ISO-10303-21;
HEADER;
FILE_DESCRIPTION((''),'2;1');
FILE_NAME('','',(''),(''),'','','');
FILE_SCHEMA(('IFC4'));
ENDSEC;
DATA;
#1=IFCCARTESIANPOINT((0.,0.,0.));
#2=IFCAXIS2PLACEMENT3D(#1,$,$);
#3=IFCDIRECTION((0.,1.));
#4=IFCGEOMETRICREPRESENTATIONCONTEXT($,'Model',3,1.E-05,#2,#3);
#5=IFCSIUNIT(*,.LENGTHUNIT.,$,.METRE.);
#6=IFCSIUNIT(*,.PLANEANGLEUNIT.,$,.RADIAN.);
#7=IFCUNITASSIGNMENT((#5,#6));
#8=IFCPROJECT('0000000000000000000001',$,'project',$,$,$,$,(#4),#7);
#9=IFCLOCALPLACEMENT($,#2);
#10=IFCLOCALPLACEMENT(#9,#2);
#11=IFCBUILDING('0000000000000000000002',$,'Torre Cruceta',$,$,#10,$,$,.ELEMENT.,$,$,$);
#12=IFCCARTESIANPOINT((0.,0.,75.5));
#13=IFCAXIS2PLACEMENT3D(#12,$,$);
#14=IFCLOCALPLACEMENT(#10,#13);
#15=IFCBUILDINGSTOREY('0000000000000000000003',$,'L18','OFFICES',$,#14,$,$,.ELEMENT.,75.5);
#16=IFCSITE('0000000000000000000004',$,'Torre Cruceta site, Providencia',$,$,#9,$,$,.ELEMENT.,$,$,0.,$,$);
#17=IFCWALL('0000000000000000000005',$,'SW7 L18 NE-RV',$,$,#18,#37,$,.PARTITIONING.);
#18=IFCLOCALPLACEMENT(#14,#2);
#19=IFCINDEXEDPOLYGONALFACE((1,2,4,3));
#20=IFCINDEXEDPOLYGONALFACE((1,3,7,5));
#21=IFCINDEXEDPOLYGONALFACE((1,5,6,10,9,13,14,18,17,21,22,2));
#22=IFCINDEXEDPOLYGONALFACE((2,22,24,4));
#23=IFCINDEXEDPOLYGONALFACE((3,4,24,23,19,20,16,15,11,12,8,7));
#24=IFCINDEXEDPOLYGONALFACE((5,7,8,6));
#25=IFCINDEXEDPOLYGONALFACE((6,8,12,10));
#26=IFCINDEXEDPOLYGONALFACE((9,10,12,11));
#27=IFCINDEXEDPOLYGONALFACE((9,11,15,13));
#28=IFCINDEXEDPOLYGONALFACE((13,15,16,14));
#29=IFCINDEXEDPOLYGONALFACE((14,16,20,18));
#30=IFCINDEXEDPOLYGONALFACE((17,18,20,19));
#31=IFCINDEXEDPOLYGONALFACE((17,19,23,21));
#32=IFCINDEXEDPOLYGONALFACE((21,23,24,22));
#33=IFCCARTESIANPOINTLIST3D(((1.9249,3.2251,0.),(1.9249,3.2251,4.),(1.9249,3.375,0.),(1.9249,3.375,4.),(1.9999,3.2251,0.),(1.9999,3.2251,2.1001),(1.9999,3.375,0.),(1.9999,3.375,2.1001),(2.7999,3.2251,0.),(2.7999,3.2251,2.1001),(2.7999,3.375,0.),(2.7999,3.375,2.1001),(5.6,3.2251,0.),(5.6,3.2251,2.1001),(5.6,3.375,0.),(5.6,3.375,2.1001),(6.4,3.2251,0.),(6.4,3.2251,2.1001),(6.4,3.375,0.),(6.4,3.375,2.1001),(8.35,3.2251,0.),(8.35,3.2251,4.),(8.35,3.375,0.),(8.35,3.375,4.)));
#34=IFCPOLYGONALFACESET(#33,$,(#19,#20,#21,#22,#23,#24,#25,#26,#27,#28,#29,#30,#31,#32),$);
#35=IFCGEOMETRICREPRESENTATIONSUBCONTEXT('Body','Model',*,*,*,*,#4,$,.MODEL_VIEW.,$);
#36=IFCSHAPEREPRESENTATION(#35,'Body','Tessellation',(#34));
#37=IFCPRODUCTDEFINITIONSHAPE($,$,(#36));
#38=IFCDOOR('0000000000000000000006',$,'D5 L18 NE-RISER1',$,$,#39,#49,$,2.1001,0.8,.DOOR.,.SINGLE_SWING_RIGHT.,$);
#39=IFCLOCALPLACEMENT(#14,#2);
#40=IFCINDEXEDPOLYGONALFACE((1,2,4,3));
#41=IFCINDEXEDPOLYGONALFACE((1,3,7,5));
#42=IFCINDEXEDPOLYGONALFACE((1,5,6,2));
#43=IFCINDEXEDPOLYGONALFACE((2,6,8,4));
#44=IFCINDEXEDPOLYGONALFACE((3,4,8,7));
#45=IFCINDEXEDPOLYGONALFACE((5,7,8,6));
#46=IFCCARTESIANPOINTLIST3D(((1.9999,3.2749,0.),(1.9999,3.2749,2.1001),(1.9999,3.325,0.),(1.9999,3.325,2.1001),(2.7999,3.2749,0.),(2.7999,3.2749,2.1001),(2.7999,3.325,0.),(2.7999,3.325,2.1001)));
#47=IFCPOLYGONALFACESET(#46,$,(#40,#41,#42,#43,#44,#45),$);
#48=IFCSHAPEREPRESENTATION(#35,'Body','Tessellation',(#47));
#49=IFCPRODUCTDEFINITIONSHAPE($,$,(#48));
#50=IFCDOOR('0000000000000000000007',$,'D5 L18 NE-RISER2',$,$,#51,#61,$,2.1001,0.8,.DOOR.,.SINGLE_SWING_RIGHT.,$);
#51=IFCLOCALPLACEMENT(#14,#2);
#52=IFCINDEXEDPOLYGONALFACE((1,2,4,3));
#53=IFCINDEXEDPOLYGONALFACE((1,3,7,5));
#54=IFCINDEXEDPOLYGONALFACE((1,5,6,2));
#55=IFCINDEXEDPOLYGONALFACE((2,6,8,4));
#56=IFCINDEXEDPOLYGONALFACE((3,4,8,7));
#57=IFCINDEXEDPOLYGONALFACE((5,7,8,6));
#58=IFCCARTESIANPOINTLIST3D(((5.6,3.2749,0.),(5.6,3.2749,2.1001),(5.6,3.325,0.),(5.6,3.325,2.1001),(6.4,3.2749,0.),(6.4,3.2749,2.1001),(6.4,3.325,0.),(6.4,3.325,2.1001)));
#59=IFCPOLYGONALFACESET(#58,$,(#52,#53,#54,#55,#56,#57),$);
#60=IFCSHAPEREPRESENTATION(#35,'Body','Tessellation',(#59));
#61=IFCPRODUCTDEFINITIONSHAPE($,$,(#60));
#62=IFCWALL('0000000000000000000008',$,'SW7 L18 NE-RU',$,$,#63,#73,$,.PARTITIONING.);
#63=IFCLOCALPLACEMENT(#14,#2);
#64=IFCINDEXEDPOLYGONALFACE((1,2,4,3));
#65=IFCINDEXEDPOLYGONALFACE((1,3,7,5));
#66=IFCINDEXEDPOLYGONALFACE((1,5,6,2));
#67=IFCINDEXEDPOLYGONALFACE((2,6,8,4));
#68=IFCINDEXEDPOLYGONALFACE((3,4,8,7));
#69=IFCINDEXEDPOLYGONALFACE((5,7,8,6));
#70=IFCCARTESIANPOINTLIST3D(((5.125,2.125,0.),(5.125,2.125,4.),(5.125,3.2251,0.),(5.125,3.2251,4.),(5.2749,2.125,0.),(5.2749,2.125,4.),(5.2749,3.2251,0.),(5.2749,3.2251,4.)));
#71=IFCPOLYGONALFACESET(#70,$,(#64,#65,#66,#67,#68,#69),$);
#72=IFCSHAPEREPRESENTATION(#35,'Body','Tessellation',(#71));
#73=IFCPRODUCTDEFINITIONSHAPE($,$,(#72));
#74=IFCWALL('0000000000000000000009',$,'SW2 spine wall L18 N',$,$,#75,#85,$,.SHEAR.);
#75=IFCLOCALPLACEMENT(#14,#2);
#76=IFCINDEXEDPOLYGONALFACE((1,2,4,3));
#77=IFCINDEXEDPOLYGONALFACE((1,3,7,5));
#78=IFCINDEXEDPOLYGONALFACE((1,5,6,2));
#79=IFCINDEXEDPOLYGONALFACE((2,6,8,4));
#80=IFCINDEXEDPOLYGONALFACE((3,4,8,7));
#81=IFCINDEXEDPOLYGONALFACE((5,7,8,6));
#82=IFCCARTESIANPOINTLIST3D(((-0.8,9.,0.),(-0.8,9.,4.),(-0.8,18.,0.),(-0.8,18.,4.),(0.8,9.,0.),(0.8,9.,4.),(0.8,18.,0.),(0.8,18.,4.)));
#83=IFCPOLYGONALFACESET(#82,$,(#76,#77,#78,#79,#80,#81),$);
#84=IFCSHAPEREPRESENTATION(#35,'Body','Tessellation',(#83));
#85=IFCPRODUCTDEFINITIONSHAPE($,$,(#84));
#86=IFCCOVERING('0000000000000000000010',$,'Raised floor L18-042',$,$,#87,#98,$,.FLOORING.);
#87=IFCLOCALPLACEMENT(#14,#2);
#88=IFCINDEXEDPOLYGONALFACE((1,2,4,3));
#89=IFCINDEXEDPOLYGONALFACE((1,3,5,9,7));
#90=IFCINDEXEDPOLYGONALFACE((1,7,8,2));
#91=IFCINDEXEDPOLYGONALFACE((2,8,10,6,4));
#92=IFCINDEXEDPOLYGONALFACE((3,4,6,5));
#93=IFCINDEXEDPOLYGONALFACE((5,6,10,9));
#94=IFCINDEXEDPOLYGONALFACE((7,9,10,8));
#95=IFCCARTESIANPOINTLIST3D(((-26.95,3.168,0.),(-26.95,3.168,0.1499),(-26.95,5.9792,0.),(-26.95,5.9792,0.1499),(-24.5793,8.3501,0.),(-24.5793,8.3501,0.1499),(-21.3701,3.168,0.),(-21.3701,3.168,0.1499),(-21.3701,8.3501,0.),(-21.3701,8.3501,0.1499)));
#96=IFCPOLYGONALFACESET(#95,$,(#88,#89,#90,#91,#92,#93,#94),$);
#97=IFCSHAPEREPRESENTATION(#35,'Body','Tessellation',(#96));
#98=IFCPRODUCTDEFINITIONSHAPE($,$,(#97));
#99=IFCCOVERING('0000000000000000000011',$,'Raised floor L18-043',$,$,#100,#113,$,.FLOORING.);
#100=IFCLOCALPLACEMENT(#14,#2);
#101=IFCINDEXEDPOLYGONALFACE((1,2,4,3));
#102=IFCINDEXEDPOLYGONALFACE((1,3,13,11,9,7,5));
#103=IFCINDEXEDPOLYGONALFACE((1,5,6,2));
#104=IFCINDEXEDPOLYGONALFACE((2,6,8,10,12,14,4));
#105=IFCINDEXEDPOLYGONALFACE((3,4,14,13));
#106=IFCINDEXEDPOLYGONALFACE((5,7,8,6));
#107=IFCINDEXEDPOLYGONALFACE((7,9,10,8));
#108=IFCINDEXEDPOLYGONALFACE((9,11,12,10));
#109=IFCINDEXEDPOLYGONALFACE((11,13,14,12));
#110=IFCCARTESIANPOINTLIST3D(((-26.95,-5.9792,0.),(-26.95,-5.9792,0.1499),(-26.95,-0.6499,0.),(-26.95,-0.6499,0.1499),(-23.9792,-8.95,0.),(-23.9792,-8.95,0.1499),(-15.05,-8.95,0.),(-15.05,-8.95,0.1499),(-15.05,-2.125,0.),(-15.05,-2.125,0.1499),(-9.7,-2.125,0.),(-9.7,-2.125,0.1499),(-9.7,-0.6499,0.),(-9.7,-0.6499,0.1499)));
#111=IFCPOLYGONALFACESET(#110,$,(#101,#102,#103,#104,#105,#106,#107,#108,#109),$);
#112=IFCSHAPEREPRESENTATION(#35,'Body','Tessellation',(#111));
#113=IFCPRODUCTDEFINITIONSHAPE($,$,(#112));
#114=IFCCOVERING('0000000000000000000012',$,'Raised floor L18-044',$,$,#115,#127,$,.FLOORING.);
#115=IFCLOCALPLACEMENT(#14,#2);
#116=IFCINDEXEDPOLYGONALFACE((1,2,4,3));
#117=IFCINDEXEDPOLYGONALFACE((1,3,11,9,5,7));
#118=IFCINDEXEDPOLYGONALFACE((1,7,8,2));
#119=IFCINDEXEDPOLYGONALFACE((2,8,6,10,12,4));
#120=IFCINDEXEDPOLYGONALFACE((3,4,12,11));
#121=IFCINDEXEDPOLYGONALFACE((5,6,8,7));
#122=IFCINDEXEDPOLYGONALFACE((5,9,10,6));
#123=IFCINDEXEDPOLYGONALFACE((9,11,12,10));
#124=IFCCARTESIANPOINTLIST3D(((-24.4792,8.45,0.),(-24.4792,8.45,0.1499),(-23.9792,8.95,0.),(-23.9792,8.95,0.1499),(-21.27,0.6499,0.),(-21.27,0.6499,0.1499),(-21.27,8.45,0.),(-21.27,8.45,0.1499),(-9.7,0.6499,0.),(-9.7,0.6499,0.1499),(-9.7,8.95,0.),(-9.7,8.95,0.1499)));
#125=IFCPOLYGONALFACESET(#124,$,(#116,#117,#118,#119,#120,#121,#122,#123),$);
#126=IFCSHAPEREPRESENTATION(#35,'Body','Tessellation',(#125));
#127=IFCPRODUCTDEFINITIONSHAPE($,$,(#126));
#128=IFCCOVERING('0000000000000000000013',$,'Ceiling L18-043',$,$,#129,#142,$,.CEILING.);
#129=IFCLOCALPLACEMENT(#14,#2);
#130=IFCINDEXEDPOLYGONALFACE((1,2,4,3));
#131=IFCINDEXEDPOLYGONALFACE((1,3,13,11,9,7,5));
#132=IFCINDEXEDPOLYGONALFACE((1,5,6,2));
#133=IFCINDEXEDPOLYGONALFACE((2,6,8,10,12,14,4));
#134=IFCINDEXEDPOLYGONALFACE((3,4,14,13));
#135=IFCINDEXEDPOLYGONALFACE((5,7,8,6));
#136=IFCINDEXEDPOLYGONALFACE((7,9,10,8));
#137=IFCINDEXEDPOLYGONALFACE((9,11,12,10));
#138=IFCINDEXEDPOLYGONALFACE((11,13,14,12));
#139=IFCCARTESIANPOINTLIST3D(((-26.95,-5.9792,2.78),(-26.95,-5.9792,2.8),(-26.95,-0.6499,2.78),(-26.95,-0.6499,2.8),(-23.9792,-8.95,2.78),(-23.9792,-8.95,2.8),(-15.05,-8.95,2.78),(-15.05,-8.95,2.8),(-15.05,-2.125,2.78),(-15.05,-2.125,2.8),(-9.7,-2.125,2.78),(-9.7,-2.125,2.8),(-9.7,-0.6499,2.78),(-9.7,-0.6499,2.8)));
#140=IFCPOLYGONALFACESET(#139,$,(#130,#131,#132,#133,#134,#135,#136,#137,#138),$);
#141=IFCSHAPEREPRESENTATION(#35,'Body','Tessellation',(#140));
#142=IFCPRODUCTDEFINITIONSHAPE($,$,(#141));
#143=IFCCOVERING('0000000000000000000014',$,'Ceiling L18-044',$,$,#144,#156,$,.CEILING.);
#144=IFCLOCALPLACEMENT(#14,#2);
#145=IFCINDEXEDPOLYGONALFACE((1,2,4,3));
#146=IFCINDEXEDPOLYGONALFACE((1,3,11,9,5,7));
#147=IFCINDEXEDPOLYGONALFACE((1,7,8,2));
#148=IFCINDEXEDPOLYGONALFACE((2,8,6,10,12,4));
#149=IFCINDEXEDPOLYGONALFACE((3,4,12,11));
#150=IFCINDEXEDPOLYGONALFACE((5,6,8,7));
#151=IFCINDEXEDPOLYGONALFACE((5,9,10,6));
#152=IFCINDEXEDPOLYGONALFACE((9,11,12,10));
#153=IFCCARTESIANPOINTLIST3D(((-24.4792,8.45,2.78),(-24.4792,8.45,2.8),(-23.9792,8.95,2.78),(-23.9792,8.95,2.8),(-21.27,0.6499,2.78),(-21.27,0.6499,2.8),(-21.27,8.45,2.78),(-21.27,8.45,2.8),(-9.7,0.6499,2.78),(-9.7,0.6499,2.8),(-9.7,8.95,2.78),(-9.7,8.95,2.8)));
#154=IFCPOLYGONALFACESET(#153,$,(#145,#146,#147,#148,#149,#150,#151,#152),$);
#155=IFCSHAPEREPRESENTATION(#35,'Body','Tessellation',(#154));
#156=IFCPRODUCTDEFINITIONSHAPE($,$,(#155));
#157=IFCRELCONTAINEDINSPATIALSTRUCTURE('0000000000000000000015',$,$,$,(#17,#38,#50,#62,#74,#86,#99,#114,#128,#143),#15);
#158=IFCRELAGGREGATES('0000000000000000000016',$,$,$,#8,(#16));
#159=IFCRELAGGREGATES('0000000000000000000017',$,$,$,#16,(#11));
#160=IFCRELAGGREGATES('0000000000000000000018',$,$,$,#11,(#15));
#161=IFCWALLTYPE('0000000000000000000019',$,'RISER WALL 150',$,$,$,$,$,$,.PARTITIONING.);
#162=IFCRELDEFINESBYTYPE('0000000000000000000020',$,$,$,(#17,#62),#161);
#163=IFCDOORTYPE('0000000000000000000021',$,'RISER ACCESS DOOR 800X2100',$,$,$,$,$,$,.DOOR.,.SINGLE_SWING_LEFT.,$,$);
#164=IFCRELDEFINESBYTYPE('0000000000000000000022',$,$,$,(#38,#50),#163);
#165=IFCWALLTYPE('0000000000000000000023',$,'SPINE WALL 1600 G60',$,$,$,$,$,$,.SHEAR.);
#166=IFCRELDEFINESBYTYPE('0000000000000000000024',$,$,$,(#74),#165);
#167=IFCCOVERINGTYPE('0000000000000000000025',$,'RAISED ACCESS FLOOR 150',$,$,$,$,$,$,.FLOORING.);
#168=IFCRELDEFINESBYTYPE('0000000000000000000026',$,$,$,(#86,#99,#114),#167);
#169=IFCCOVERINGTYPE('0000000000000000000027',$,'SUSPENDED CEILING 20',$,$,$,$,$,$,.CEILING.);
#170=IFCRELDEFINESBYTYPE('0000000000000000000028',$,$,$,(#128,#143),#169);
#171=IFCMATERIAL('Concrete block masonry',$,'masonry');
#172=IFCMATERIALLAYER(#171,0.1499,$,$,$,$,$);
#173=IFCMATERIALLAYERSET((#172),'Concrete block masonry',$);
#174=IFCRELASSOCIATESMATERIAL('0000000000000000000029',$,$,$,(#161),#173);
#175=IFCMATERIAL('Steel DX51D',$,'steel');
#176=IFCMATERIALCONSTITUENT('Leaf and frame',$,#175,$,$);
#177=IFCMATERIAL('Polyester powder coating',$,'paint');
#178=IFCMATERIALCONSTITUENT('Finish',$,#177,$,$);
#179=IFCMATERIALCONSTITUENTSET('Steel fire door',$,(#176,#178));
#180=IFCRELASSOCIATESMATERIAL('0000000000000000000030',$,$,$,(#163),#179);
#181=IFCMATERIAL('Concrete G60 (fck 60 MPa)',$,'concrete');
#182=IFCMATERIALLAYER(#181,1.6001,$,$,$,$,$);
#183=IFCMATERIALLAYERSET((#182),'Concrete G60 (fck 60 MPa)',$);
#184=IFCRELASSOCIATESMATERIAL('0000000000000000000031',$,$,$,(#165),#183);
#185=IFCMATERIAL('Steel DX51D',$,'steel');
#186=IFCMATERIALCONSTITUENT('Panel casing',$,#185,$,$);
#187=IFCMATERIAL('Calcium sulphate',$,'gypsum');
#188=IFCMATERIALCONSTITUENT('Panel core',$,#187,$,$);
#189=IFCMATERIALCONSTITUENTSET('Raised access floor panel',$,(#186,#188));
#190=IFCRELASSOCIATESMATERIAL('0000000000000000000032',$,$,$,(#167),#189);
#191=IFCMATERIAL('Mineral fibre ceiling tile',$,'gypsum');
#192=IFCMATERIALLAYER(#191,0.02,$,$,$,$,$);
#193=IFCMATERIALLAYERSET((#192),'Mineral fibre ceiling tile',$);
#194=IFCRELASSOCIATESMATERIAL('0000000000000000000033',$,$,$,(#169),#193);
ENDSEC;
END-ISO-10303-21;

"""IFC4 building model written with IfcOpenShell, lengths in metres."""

from ifc_helpers import new_model, si_unit, direction, frame, frame_2d, origin, place, context, subcontext, project, spatial, polyline, rectangle, outline, extrude, material, layer, layer_set, constituent, constituent_set, type_object, element, fill, save


model = new_model("IFC4")

# Units and contexts
model_context = context("Model", 3, precision=1e-05, world=origin(), true_north=direction((0.0, 1.0)))
body_context = subcontext(model_context, "Body", "Model", "MODEL_VIEW")
ifc_project = project(units=[si_unit("LENGTHUNIT", "METRE"), si_unit("PLANEANGLEUNIT", "RADIAN")], contexts=[model_context])

# Site, building, storey
site_placement = place(None, origin())
site = spatial("IfcSite", under=ifc_project, at=site_placement, Name="Torre Cruceta site, Providencia", CompositionType="ELEMENT", RefElevation=0.0)
building_placement = place(site_placement, origin())
building = spatial("IfcBuilding", under=site, at=building_placement, Name="Torre Cruceta", CompositionType="ELEMENT")
storey_placement = place(building_placement, frame((0.0, 0.0, 75.5)))
storey = spatial("IfcBuildingStorey", under=building, at=storey_placement, Name="L18", Description="OFFICES", CompositionType="ELEMENT", Elevation=75.5)

# Wall, openings, doors
ifc_material_1 = material(Name="Concrete block masonry", Category="masonry")
ifc_layer_1 = layer(ifc_material_1, 0.1499)
ifc_layer_set_1 = layer_set([ifc_layer_1], Name="Concrete block masonry")
wall_type_1 = type_object("IfcWallType", Name="RISER WALL 150", PredefinedType="PARTITIONING", material=ifc_layer_set_1)
wall_1_placement = place(storey_placement, frame((1.925, 3.3, 0.0), z_axis=(0.0, 0.0, 1.0), x_axis=(1.0, 0.0, 0.0)))
wall_1 = element("IfcWall", 1, at=wall_1_placement, inside=storey, type_object=wall_type_1, Name="SW7 L18 NE-RV", PredefinedType="PARTITIONING", context=body_context, shape_type="SweptSolid", body=[
    extrude(rectangle(XDim=6.425, YDim=0.1499, at=frame_2d((3.2124, 0.0))), origin(), (0.0, 0.0, 1.0), 4.0),
])
opening_1_placement = place(wall_1_placement, frame((0.075, 0.0, 0.0)))
opening_1 = element("IfcOpeningElement", 2, at=opening_1_placement, cuts=wall_1, PredefinedType="OPENING", context=body_context, shape_type="SweptSolid", body=[
    extrude(rectangle(XDim=0.8, YDim=2.1001, at=frame_2d((0.3999, 1.05))), frame((0.0, 0.085, 0.0), z_axis=(0.0, -1.0, 0.0), x_axis=(1.0, 0.0, 0.0)), (0.0, 0.0, 1.0), 0.1699),
])
opening_2_placement = place(wall_1_placement, frame((3.675, 0.0, 0.0)))
opening_2 = element("IfcOpeningElement", 3, at=opening_2_placement, cuts=wall_1, PredefinedType="OPENING", context=body_context, shape_type="SweptSolid", body=[
    extrude(rectangle(XDim=0.8, YDim=2.1001, at=frame_2d((0.3999, 1.05))), frame((0.0, 0.085, 0.0), z_axis=(0.0, -1.0, 0.0), x_axis=(1.0, 0.0, 0.0)), (0.0, 0.0, 1.0), 0.1699),
])
ifc_material_2 = material(Name="Steel DX51D", Category="steel")
ifc_constituent_1 = constituent(ifc_material_2, Name="Leaf and frame")
ifc_material_3 = material(Name="Polyester powder coating", Category="paint")
ifc_constituent_2 = constituent(ifc_material_3, Name="Finish")
ifc_constituent_set_1 = constituent_set(constituents=[ifc_constituent_1, ifc_constituent_2], Name="Steel fire door")
door_type_1 = type_object("IfcDoorType", Name="RISER ACCESS DOOR 800X2100", OperationType="SINGLE_SWING_LEFT", PredefinedType="DOOR", material=ifc_constituent_set_1)
door_1_placement = place(opening_1_placement, frame((0.8, 0.0, 0.0), z_axis=(0.0, 0.0, 1.0), x_axis=(-1.0, 0.0, 0.0)))
door_1 = element("IfcDoor", 4, at=door_1_placement, inside=storey, type_object=door_type_1, Name="D5 L18 NE-RISER1", OperationType="SINGLE_SWING_RIGHT", OverallHeight=2.1001, OverallWidth=0.8, PredefinedType="DOOR", context=body_context, shape_type="SweptSolid", body=[
    extrude(rectangle(XDim=0.8, YDim=2.1001, at=frame_2d((0.4001, 1.05))), frame((0.0, 0.0251, 0.0), z_axis=(0.0, -1.0, 0.0), x_axis=(1.0, 0.0, 0.0)), (0.0, 0.0, 1.0), 0.05),
])
fill(opening_1, door_1)
door_2_placement = place(opening_2_placement, frame((0.8, 0.0, 0.0), z_axis=(0.0, 0.0, 1.0), x_axis=(-1.0, 0.0, 0.0)))
door_2 = element("IfcDoor", 5, at=door_2_placement, inside=storey, type_object=door_type_1, Name="D5 L18 NE-RISER2", OperationType="SINGLE_SWING_RIGHT", OverallHeight=2.1001, OverallWidth=0.8, PredefinedType="DOOR", context=body_context, shape_type="SweptSolid", body=[
    extrude(rectangle(XDim=0.8, YDim=2.1001, at=frame_2d((0.4001, 1.05))), frame((0.0, 0.0251, 0.0), z_axis=(0.0, -1.0, 0.0), x_axis=(1.0, 0.0, 0.0)), (0.0, 0.0, 1.0), 0.05),
])
fill(opening_2, door_2)

# Walls
wall_2_placement = place(storey_placement, frame((5.2, 2.125, 0.0), z_axis=(0.0, 0.0, 1.0), x_axis=(0.0, 1.0, 0.0)))
element("IfcWall", 6, at=wall_2_placement, inside=storey, type_object=wall_type_1, Name="SW7 L18 NE-RU", PredefinedType="PARTITIONING", context=body_context, shape_type="SweptSolid", body=[
    extrude(rectangle(XDim=1.1001, YDim=0.1499, at=frame_2d((0.55, 0.0))), origin(), (0.0, 0.0, 1.0), 4.0),
])
ifc_material_4 = material(Name="Concrete G60 (fck 60 MPa)", Category="concrete")
ifc_layer_2 = layer(ifc_material_4, 1.6001)
ifc_layer_set_2 = layer_set([ifc_layer_2], Name="Concrete G60 (fck 60 MPa)")
wall_type_2 = type_object("IfcWallType", Name="SPINE WALL 1600 G60", PredefinedType="SHEAR", material=ifc_layer_set_2)
wall_3_placement = place(storey_placement, frame((0.0, 9.0, 0.0), z_axis=(0.0, 0.0, 1.0), x_axis=(0.0, 1.0, 0.0)))
element("IfcWall", 7, at=wall_3_placement, inside=storey, type_object=wall_type_2, Name="SW2 spine wall L18 N", PredefinedType="SHEAR", context=body_context, shape_type="SweptSolid", body=[
    extrude(rectangle(XDim=9.0, YDim=1.6001, at=frame_2d((4.5, 0.0))), origin(), (0.0, 0.0, 1.0), 4.0),
])

# Coverings
ifc_material_5 = material(Name="Steel DX51D", Category="steel")
ifc_constituent_3 = constituent(ifc_material_5, Name="Panel casing")
ifc_material_6 = material(Name="Calcium sulphate", Category="gypsum")
ifc_constituent_4 = constituent(ifc_material_6, Name="Panel core")
ifc_constituent_set_2 = constituent_set(constituents=[ifc_constituent_3, ifc_constituent_4], Name="Raised access floor panel")
covering_type_1 = type_object("IfcCoveringType", Name="RAISED ACCESS FLOOR 150", PredefinedType="FLOORING", material=ifc_constituent_set_2)
covering_1_placement = place(storey_placement, origin())
element("IfcCovering", 8, at=covering_1_placement, inside=storey, type_object=covering_type_1, Name="Raised floor L18-042", PredefinedType="FLOORING", context=body_context, shape_type="SweptSolid", body=[
    extrude(outline(polyline([(-24.5793, 8.3501), (-21.3701, 8.3501), (-21.3701, 3.168), (-26.95, 3.168), (-26.95, 5.9792), (-24.5793, 8.3501)])), origin(), (0.0, 0.0, 1.0), 0.1499),
])
covering_2_placement = place(storey_placement, origin())
element("IfcCovering", 9, at=covering_2_placement, inside=storey, type_object=covering_type_1, Name="Raised floor L18-043", PredefinedType="FLOORING", context=body_context, shape_type="SweptSolid", body=[
    extrude(outline(polyline([(-26.95, -0.6499), (-9.7, -0.6499), (-9.7, -2.125), (-15.05, -2.125), (-15.05, -8.95), (-23.9792, -8.95), (-26.95, -5.9792), (-26.95, -0.6499)])), origin(), (0.0, 0.0, 1.0), 0.1499),
])
covering_3_placement = place(storey_placement, origin())
element("IfcCovering", 10, at=covering_3_placement, inside=storey, type_object=covering_type_1, Name="Raised floor L18-044", PredefinedType="FLOORING", context=body_context, shape_type="SweptSolid", body=[
    extrude(outline(polyline([(-21.27, 8.45), (-24.4792, 8.45), (-23.9792, 8.95), (-9.7, 8.95), (-9.7, 0.6499), (-21.27, 0.6499), (-21.27, 8.45)])), origin(), (0.0, 0.0, 1.0), 0.1499),
])
ifc_material_7 = material(Name="Mineral fibre ceiling tile", Category="gypsum")
ifc_layer_3 = layer(ifc_material_7, 0.02)
ifc_layer_set_3 = layer_set([ifc_layer_3], Name="Mineral fibre ceiling tile")
covering_type_2 = type_object("IfcCoveringType", Name="SUSPENDED CEILING 20", PredefinedType="CEILING", material=ifc_layer_set_3)
covering_4_placement = place(storey_placement, frame((0.0, 0.0, 2.78)))
element("IfcCovering", 11, at=covering_4_placement, inside=storey, type_object=covering_type_2, Name="Ceiling L18-043", PredefinedType="CEILING", context=body_context, shape_type="SweptSolid", body=[
    extrude(outline(polyline([(-26.95, -0.6499), (-9.7, -0.6499), (-9.7, -2.125), (-15.05, -2.125), (-15.05, -8.95), (-23.9792, -8.95), (-26.95, -5.9792), (-26.95, -0.6499)])), origin(), (0.0, 0.0, 1.0), 0.02),
])
covering_5_placement = place(storey_placement, frame((0.0, 0.0, 2.78)))
element("IfcCovering", 12, at=covering_5_placement, inside=storey, type_object=covering_type_2, Name="Ceiling L18-044", PredefinedType="CEILING", context=body_context, shape_type="SweptSolid", body=[
    extrude(outline(polyline([(-21.27, 8.45), (-24.4792, 8.45), (-23.9792, 8.95), (-9.7, 8.95), (-9.7, 0.6499), (-21.27, 0.6499), (-21.27, 8.45)])), origin(), (0.0, 0.0, 1.0), 0.02),
])

save(model, "model.ifc")
